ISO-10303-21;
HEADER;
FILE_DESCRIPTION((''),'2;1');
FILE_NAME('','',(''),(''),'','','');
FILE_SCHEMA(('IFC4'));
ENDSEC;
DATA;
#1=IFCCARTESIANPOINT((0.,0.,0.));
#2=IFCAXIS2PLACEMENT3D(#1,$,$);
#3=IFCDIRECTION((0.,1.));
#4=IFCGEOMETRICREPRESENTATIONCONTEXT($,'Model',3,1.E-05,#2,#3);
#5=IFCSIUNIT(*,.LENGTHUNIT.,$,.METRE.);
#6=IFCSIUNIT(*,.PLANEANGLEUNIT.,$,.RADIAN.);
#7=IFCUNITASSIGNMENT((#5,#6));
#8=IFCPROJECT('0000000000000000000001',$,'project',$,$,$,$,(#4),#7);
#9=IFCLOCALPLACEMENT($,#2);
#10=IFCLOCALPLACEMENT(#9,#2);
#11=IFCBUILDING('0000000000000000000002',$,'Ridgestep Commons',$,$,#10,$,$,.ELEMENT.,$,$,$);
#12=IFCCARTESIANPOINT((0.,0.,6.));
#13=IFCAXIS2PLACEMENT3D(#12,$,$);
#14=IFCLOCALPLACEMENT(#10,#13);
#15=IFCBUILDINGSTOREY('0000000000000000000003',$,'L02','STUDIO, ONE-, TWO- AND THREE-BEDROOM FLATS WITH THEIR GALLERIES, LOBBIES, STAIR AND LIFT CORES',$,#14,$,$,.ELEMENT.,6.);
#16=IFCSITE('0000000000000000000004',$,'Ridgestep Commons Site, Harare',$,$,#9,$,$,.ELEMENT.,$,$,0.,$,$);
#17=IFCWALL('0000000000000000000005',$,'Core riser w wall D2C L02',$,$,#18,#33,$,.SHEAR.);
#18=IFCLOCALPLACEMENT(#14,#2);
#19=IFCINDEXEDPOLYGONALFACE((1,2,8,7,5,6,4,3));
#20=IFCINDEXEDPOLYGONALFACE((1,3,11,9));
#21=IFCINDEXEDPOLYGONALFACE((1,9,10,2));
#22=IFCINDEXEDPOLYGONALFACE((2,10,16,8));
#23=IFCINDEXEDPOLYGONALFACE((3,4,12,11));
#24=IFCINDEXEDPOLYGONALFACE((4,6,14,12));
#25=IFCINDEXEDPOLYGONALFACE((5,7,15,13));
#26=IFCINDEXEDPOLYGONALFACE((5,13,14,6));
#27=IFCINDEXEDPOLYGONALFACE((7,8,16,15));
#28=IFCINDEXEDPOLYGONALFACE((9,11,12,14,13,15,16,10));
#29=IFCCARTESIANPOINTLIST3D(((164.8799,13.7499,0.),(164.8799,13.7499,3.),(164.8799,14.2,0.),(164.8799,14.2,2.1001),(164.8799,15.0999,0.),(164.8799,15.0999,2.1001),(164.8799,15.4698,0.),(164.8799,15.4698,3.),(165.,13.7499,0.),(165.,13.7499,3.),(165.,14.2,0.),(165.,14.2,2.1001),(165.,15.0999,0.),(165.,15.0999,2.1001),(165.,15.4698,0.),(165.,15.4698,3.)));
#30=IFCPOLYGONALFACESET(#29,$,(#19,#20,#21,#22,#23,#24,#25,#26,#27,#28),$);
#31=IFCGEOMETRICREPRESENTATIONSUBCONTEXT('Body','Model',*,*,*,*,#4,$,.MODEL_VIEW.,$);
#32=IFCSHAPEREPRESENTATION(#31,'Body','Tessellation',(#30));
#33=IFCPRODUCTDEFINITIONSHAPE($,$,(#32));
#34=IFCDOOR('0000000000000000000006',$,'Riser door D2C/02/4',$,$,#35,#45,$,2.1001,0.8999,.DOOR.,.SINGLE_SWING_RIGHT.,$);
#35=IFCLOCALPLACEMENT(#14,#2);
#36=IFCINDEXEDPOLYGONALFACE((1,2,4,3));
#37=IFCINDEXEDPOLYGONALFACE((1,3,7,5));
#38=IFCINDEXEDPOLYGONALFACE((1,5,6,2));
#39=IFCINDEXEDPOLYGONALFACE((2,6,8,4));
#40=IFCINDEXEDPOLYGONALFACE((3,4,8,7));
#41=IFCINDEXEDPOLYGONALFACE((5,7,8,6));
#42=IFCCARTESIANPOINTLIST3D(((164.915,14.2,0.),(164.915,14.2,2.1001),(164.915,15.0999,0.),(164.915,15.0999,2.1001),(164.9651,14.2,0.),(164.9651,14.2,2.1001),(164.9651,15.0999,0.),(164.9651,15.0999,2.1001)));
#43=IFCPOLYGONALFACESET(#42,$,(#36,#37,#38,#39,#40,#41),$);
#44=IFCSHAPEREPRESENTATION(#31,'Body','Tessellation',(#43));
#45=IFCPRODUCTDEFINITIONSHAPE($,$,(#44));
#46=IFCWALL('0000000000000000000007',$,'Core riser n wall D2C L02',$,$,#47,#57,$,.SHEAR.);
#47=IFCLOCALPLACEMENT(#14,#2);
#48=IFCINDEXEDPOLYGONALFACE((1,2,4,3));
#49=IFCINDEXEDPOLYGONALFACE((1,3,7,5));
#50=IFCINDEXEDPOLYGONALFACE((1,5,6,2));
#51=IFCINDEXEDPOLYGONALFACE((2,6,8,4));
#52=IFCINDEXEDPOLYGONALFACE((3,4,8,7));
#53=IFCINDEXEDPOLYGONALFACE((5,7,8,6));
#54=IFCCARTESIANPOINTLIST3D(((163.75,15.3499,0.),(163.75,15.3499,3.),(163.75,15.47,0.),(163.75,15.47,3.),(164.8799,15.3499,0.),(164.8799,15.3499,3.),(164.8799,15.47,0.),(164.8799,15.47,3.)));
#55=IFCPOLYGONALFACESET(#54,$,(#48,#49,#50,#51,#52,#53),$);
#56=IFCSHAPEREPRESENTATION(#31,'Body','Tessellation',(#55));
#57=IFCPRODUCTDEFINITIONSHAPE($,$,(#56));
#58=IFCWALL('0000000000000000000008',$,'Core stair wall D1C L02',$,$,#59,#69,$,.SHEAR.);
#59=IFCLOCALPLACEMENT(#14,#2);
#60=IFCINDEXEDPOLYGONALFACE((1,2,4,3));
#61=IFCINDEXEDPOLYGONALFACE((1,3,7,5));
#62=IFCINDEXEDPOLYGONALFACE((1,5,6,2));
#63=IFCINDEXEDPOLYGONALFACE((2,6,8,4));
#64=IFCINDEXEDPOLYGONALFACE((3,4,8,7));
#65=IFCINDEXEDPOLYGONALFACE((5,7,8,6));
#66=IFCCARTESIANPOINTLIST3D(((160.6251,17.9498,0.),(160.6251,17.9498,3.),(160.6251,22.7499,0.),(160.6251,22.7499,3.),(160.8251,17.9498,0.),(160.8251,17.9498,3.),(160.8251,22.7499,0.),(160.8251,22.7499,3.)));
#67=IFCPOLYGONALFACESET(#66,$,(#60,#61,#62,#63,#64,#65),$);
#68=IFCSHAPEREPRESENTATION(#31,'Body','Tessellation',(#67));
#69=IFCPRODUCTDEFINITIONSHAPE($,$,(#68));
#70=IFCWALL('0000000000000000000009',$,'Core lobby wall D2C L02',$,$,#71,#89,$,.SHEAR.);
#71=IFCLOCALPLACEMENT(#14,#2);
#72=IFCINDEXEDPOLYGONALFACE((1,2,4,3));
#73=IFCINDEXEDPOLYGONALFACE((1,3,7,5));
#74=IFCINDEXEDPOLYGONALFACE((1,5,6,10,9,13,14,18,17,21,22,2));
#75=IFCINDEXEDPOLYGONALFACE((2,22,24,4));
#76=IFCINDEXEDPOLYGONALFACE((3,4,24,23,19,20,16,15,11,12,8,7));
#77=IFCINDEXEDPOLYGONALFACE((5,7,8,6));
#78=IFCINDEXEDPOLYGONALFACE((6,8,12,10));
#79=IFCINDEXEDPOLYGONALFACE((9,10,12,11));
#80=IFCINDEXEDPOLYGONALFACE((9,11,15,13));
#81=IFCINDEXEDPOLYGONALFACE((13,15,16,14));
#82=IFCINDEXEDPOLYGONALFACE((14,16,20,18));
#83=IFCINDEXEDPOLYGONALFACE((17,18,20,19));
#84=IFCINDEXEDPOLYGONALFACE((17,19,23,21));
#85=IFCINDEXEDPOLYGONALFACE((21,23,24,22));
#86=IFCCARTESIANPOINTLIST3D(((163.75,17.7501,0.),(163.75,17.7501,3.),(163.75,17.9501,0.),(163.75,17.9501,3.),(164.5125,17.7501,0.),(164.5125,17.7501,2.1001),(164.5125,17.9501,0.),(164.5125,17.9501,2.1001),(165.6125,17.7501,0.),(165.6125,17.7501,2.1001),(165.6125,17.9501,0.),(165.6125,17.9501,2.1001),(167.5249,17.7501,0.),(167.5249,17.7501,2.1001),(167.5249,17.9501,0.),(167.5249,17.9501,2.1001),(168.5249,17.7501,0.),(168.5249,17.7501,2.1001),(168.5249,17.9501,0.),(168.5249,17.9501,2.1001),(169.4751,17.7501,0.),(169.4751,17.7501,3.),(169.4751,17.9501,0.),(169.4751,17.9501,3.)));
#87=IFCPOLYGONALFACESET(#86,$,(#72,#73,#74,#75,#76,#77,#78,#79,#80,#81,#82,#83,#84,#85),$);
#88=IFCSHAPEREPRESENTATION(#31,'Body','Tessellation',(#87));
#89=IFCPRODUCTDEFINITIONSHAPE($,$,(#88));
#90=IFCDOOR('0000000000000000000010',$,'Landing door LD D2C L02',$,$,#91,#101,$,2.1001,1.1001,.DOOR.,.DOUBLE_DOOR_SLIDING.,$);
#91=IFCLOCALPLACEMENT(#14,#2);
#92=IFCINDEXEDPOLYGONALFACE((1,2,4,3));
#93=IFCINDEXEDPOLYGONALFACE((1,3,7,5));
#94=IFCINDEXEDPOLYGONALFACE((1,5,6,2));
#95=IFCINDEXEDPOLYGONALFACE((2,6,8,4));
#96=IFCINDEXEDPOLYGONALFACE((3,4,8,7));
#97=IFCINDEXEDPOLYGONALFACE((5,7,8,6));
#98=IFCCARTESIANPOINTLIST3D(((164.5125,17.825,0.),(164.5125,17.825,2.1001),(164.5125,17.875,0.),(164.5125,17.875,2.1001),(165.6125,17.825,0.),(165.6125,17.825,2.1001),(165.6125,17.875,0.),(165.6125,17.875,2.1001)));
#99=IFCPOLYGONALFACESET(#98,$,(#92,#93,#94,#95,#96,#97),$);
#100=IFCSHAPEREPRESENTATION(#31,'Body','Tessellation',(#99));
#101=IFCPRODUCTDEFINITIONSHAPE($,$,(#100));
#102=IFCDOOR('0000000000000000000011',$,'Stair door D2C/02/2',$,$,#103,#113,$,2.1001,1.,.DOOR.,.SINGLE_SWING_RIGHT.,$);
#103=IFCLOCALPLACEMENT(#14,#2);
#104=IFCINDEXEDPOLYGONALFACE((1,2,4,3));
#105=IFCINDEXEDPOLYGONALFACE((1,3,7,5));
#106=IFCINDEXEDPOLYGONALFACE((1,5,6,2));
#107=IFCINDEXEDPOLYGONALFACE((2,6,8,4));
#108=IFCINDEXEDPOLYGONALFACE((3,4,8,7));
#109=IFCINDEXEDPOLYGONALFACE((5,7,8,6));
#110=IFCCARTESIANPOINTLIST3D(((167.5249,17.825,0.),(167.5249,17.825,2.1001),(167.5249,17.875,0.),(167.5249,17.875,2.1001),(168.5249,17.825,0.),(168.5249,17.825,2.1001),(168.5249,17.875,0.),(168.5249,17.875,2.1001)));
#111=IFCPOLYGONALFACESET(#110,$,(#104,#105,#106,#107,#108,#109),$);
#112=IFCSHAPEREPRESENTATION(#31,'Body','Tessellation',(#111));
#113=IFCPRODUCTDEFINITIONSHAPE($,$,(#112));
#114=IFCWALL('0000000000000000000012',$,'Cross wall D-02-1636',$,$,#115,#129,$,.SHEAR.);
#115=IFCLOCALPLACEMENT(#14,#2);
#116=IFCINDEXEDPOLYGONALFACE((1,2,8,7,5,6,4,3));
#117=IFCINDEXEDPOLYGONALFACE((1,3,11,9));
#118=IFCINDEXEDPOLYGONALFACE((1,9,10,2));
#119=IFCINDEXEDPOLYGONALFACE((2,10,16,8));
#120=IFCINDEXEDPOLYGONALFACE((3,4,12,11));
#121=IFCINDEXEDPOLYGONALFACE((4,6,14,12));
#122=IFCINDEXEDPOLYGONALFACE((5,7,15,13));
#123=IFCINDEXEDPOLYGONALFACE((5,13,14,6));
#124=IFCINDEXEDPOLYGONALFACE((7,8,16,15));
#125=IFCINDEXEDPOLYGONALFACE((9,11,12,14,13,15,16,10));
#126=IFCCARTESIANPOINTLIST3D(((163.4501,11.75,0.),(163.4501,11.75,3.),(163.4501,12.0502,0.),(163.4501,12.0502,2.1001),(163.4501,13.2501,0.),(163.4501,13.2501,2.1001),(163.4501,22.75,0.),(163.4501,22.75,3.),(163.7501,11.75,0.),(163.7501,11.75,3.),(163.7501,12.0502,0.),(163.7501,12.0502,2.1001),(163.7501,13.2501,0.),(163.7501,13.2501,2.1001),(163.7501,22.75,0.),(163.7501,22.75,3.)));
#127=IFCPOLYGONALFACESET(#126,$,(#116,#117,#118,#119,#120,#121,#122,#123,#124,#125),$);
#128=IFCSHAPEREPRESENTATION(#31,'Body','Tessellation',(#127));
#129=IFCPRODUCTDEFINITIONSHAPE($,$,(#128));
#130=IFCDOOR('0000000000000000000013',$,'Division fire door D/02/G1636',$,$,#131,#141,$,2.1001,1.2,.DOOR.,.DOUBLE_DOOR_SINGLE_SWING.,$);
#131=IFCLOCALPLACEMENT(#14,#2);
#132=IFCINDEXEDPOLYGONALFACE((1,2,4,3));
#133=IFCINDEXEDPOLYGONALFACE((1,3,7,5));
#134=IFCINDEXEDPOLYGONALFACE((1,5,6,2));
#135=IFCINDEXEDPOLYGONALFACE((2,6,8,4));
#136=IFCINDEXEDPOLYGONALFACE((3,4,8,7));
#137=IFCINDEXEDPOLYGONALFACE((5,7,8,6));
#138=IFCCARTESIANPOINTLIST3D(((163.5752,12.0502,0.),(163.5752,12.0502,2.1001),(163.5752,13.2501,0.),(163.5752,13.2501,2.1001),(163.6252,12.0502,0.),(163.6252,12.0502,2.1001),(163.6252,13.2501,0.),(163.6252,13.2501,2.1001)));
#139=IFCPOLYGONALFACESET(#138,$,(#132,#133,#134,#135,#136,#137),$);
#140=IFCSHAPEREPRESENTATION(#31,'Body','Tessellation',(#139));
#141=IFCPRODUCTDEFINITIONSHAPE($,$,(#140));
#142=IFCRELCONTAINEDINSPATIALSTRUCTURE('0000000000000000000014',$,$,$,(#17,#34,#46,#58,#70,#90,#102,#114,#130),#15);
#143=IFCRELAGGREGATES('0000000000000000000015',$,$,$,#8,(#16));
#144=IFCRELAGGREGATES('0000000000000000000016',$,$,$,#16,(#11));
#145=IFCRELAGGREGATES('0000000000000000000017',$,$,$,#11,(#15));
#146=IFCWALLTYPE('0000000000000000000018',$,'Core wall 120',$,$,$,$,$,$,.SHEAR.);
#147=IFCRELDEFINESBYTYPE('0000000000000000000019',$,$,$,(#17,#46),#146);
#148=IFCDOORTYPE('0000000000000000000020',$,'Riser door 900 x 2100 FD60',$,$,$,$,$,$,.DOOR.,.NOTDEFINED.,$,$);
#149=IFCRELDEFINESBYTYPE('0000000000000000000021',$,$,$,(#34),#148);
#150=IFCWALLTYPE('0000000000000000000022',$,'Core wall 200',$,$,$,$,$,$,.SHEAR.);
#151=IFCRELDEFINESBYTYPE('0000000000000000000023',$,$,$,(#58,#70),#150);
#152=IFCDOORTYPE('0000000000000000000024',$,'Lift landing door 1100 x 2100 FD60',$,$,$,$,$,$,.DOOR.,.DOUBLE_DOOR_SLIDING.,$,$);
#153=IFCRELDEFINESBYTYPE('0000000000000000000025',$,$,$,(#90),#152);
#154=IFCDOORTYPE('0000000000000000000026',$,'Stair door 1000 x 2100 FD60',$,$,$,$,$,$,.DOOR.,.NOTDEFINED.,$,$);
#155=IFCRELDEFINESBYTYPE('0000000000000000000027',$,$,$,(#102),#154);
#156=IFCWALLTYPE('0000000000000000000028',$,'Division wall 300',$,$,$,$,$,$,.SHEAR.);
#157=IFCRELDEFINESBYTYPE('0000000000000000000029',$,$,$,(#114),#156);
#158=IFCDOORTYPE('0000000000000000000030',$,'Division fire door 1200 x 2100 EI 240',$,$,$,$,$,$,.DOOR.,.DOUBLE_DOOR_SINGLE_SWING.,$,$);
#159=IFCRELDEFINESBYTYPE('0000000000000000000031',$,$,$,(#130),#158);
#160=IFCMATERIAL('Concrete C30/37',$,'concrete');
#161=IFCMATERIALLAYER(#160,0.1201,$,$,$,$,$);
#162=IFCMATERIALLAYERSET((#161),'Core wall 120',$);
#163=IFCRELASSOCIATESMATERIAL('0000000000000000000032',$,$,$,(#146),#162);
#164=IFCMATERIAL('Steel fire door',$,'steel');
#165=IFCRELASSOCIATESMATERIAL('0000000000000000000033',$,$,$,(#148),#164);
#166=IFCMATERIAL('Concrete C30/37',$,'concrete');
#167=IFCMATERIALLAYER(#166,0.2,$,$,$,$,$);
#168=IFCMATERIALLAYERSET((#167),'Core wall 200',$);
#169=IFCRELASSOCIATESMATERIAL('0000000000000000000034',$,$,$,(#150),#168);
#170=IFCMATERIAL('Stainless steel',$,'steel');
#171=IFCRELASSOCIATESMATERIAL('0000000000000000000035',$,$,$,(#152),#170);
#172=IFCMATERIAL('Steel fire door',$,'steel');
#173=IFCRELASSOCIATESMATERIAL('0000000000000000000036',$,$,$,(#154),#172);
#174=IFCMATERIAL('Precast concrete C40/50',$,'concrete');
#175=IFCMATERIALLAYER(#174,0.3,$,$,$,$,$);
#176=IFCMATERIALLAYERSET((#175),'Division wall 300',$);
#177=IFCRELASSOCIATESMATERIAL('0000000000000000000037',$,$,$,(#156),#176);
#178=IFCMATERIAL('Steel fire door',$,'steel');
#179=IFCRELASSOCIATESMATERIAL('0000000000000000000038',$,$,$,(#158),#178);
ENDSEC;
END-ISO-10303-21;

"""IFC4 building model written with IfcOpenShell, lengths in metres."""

from ifc_helpers import new_model, si_unit, direction, frame, frame_2d, origin, place, context, subcontext, project, spatial, rectangle, extrude, material, layer, layer_set, type_object, element, fill, save


model = new_model("IFC4")

# Units and contexts
model_context = context("Model", 3, precision=1e-05, world=origin(), true_north=direction((0.0, 1.0)))
body_context = subcontext(model_context, "Body", "Model", "MODEL_VIEW")
ifc_project = project(units=[si_unit("LENGTHUNIT", "METRE"), si_unit("PLANEANGLEUNIT", "RADIAN")], contexts=[model_context])

# Site, building, storey
site_placement = place(None, origin())
site = spatial("IfcSite", under=ifc_project, at=site_placement, Name="Ridgestep Commons Site, Harare", CompositionType="ELEMENT", RefElevation=0.0)
building_placement = place(site_placement, origin())
building = spatial("IfcBuilding", under=site, at=building_placement, Name="Ridgestep Commons", CompositionType="ELEMENT")
storey_placement = place(building_placement, frame((0.0, 0.0, 6.0)))
storey = spatial("IfcBuildingStorey", under=building, at=storey_placement, Name="L02", Description="STUDIO, ONE-, TWO- AND THREE-BEDROOM FLATS WITH THEIR GALLERIES, LOBBIES, STAIR AND LIFT CORES", CompositionType="ELEMENT", Elevation=6.0)

# Shared definitions
ifc_material_1 = material(Name="Concrete C30/37", Category="concrete")
ifc_layer_1 = layer(ifc_material_1, 0.1201)
ifc_layer_set_1 = layer_set([ifc_layer_1], Name="Core wall 120")
wall_type_1 = type_object("IfcWallType", Name="Core wall 120", PredefinedType="SHEAR", material=ifc_layer_set_1)
ifc_material_2 = material(Name="Steel fire door", Category="steel")
door_type_1 = type_object("IfcDoorType", Name="Riser door 900 x 2100 FD60", OperationType="NOTDEFINED", PredefinedType="DOOR", material=ifc_material_2)

# Wall, opening, door
wall_1_placement = place(storey_placement, frame((164.9399, 13.75, 0.0), z_axis=(0.0, 0.0, 1.0), x_axis=(0.0, 1.0, 0.0)))
wall_1 = element("IfcWall", 1, at=wall_1_placement, inside=storey, type_object=wall_type_1, Name="Core riser w wall D2C L02", PredefinedType="SHEAR", context=body_context, shape_type="SweptSolid", body=[
    extrude(rectangle(XDim=1.72, YDim=0.1201, at=frame_2d((0.8599, 0.0))), origin(), (0.0, 0.0, 1.0), 3.0),
])
opening_1_placement = place(wall_1_placement, frame((0.45, 0.0, 0.0)))
opening_1 = element("IfcOpeningElement", 2, at=opening_1_placement, cuts=wall_1, PredefinedType="OPENING", context=body_context, shape_type="SweptSolid", body=[
    extrude(rectangle(XDim=0.8999, YDim=2.1001, at=frame_2d((0.45, 1.05))), frame((0.0, 0.0701, 0.0), z_axis=(0.0, -1.0, 0.0), x_axis=(1.0, 0.0, 0.0)), (0.0, 0.0, 1.0), 0.1401),
])
door_1_placement = place(opening_1_placement, origin())
door_1 = element("IfcDoor", 3, at=door_1_placement, inside=storey, type_object=door_type_1, Name="Riser door D2C/02/4", OperationType="SINGLE_SWING_RIGHT", OverallHeight=2.1001, OverallWidth=0.8999, PredefinedType="DOOR", context=body_context, shape_type="SweptSolid", body=[
    extrude(rectangle(XDim=0.8999, YDim=2.1001, at=frame_2d((0.45, 1.05))), frame((0.0, 0.0249, 0.0), z_axis=(0.0, -1.0, 0.0), x_axis=(1.0, 0.0, 0.0)), (0.0, 0.0, 1.0), 0.05),
])
fill(opening_1, door_1)

# Walls
wall_2_placement = place(storey_placement, frame((163.75, 15.4099, 0.0), z_axis=(0.0, 0.0, 1.0), x_axis=(1.0, 0.0, 0.0)))
element("IfcWall", 4, at=wall_2_placement, inside=storey, type_object=wall_type_1, Name="Core riser n wall D2C L02", PredefinedType="SHEAR", context=body_context, shape_type="SweptSolid", body=[
    extrude(rectangle(XDim=1.1299, YDim=0.1201, at=frame_2d((0.5649, 0.0))), origin(), (0.0, 0.0, 1.0), 3.0),
])
ifc_material_3 = material(Name="Concrete C30/37", Category="concrete")
ifc_layer_2 = layer(ifc_material_3, 0.2)
ifc_layer_set_2 = layer_set([ifc_layer_2], Name="Core wall 200")
wall_type_2 = type_object("IfcWallType", Name="Core wall 200", PredefinedType="SHEAR", material=ifc_layer_set_2)
wall_3_placement = place(storey_placement, frame((160.7251, 17.95, 0.0), z_axis=(0.0, 0.0, 1.0), x_axis=(0.0, 1.0, 0.0)))
element("IfcWall", 5, at=wall_3_placement, inside=storey, type_object=wall_type_2, Name="Core stair wall D1C L02", PredefinedType="SHEAR", context=body_context, shape_type="SweptSolid", body=[
    extrude(rectangle(XDim=4.8, YDim=0.2, at=frame_2d((2.3999, 0.0))), origin(), (0.0, 0.0, 1.0), 3.0),
])

# Wall, openings, doors
wall_4_placement = place(storey_placement, frame((163.75, 17.8501, 0.0), z_axis=(0.0, 0.0, 1.0), x_axis=(1.0, 0.0, 0.0)))
wall_4 = element("IfcWall", 6, at=wall_4_placement, inside=storey, type_object=wall_type_2, Name="Core lobby wall D2C L02", PredefinedType="SHEAR", context=body_context, shape_type="SweptSolid", body=[
    extrude(rectangle(XDim=5.7251, YDim=0.2, at=frame_2d((2.8625, 0.0))), origin(), (0.0, 0.0, 1.0), 3.0),
])
opening_2_placement = place(wall_4_placement, frame((3.7749, 0.0, 0.0)))
opening_2 = element("IfcOpeningElement", 7, at=opening_2_placement, cuts=wall_4, PredefinedType="OPENING", context=body_context, shape_type="SweptSolid", body=[
    extrude(rectangle(XDim=1.0, YDim=2.1001, at=frame_2d((0.5, 1.05))), frame((0.0, 0.1099, 0.0), z_axis=(0.0, -1.0, 0.0), x_axis=(1.0, 0.0, 0.0)), (0.0, 0.0, 1.0), 0.22),
])
opening_3_placement = place(wall_4_placement, frame((0.7625, 0.0, 0.0)))
opening_3 = element("IfcOpeningElement", 8, at=opening_3_placement, cuts=wall_4, PredefinedType="OPENING", context=body_context, shape_type="SweptSolid", body=[
    extrude(rectangle(XDim=1.1001, YDim=2.1001, at=frame_2d((0.55, 1.05))), frame((0.0, 0.1099, 0.0), z_axis=(0.0, -1.0, 0.0), x_axis=(1.0, 0.0, 0.0)), (0.0, 0.0, 1.0), 0.22),
])
ifc_material_4 = material(Name="Stainless steel", Category="steel")
door_type_2 = type_object("IfcDoorType", Name="Lift landing door 1100 x 2100 FD60", OperationType="DOUBLE_DOOR_SLIDING", PredefinedType="DOOR", material=ifc_material_4)
door_2_placement = place(opening_3_placement, origin())
door_2 = element("IfcDoor", 9, at=door_2_placement, inside=storey, type_object=door_type_2, Name="Landing door LD D2C L02", OperationType="DOUBLE_DOOR_SLIDING", OverallHeight=2.1001, OverallWidth=1.1001, PredefinedType="DOOR", context=body_context, shape_type="SweptSolid", body=[
    extrude(rectangle(XDim=1.1001, YDim=2.1001, at=frame_2d((0.55, 1.05))), frame((0.0, 0.0249, 0.0), z_axis=(0.0, -1.0, 0.0), x_axis=(1.0, 0.0, 0.0)), (0.0, 0.0, 1.0), 0.05),
])
fill(opening_3, door_2)
ifc_material_5 = material(Name="Steel fire door", Category="steel")
door_type_3 = type_object("IfcDoorType", Name="Stair door 1000 x 2100 FD60", OperationType="NOTDEFINED", PredefinedType="DOOR", material=ifc_material_5)
door_3_placement = place(opening_2_placement, origin())
door_3 = element("IfcDoor", 10, at=door_3_placement, inside=storey, type_object=door_type_3, Name="Stair door D2C/02/2", OperationType="SINGLE_SWING_RIGHT", OverallHeight=2.1001, OverallWidth=1.0, PredefinedType="DOOR", context=body_context, shape_type="SweptSolid", body=[
    extrude(rectangle(XDim=1.0, YDim=2.1001, at=frame_2d((0.5, 1.05))), frame((0.0, 0.0249, 0.0), z_axis=(0.0, -1.0, 0.0), x_axis=(1.0, 0.0, 0.0)), (0.0, 0.0, 1.0), 0.05),
])
fill(opening_2, door_3)

# Wall, opening, door
ifc_material_6 = material(Name="Precast concrete C40/50", Category="concrete")
ifc_layer_3 = layer(ifc_material_6, 0.3)
ifc_layer_set_3 = layer_set([ifc_layer_3], Name="Division wall 300")
wall_type_3 = type_object("IfcWallType", Name="Division wall 300", PredefinedType="SHEAR", material=ifc_layer_set_3)
wall_5_placement = place(storey_placement, frame((163.6001, 11.75, 0.0), z_axis=(0.0, 0.0, 1.0), x_axis=(0.0, 1.0, 0.0)))
wall_5 = element("IfcWall", 11, at=wall_5_placement, inside=storey, type_object=wall_type_3, Name="Cross wall D-02-1636", PredefinedType="SHEAR", context=body_context, shape_type="SweptSolid", body=[
    extrude(rectangle(XDim=11.0, YDim=0.3, at=frame_2d((5.5, 0.0))), origin(), (0.0, 0.0, 1.0), 3.0),
])
opening_4_placement = place(wall_5_placement, frame((0.3, 0.0, 0.0)))
opening_4 = element("IfcOpeningElement", 12, at=opening_4_placement, cuts=wall_5, PredefinedType="OPENING", context=body_context, shape_type="SweptSolid", body=[
    extrude(rectangle(XDim=1.2, YDim=2.1001, at=frame_2d((0.6001, 1.05))), frame((0.0, 0.1599, 0.0), z_axis=(0.0, -1.0, 0.0), x_axis=(1.0, 0.0, 0.0)), (0.0, 0.0, 1.0), 0.3201),
])
ifc_material_7 = material(Name="Steel fire door", Category="steel")
door_type_4 = type_object("IfcDoorType", Name="Division fire door 1200 x 2100 EI 240", OperationType="DOUBLE_DOOR_SINGLE_SWING", PredefinedType="DOOR", material=ifc_material_7)
door_4_placement = place(opening_4_placement, origin())
door_4 = element("IfcDoor", 13, at=door_4_placement, inside=storey, type_object=door_type_4, Name="Division fire door D/02/G1636", OperationType="DOUBLE_DOOR_SINGLE_SWING", OverallHeight=2.1001, OverallWidth=1.2, PredefinedType="DOOR", context=body_context, shape_type="SweptSolid", body=[
    extrude(rectangle(XDim=1.2, YDim=2.1001, at=frame_2d((0.6001, 1.05))), frame((0.0, 0.0249, 0.0), z_axis=(0.0, -1.0, 0.0), x_axis=(1.0, 0.0, 0.0)), (0.0, 0.0, 1.0), 0.05),
])
fill(opening_4, door_4)

save(model, "model.ifc")
